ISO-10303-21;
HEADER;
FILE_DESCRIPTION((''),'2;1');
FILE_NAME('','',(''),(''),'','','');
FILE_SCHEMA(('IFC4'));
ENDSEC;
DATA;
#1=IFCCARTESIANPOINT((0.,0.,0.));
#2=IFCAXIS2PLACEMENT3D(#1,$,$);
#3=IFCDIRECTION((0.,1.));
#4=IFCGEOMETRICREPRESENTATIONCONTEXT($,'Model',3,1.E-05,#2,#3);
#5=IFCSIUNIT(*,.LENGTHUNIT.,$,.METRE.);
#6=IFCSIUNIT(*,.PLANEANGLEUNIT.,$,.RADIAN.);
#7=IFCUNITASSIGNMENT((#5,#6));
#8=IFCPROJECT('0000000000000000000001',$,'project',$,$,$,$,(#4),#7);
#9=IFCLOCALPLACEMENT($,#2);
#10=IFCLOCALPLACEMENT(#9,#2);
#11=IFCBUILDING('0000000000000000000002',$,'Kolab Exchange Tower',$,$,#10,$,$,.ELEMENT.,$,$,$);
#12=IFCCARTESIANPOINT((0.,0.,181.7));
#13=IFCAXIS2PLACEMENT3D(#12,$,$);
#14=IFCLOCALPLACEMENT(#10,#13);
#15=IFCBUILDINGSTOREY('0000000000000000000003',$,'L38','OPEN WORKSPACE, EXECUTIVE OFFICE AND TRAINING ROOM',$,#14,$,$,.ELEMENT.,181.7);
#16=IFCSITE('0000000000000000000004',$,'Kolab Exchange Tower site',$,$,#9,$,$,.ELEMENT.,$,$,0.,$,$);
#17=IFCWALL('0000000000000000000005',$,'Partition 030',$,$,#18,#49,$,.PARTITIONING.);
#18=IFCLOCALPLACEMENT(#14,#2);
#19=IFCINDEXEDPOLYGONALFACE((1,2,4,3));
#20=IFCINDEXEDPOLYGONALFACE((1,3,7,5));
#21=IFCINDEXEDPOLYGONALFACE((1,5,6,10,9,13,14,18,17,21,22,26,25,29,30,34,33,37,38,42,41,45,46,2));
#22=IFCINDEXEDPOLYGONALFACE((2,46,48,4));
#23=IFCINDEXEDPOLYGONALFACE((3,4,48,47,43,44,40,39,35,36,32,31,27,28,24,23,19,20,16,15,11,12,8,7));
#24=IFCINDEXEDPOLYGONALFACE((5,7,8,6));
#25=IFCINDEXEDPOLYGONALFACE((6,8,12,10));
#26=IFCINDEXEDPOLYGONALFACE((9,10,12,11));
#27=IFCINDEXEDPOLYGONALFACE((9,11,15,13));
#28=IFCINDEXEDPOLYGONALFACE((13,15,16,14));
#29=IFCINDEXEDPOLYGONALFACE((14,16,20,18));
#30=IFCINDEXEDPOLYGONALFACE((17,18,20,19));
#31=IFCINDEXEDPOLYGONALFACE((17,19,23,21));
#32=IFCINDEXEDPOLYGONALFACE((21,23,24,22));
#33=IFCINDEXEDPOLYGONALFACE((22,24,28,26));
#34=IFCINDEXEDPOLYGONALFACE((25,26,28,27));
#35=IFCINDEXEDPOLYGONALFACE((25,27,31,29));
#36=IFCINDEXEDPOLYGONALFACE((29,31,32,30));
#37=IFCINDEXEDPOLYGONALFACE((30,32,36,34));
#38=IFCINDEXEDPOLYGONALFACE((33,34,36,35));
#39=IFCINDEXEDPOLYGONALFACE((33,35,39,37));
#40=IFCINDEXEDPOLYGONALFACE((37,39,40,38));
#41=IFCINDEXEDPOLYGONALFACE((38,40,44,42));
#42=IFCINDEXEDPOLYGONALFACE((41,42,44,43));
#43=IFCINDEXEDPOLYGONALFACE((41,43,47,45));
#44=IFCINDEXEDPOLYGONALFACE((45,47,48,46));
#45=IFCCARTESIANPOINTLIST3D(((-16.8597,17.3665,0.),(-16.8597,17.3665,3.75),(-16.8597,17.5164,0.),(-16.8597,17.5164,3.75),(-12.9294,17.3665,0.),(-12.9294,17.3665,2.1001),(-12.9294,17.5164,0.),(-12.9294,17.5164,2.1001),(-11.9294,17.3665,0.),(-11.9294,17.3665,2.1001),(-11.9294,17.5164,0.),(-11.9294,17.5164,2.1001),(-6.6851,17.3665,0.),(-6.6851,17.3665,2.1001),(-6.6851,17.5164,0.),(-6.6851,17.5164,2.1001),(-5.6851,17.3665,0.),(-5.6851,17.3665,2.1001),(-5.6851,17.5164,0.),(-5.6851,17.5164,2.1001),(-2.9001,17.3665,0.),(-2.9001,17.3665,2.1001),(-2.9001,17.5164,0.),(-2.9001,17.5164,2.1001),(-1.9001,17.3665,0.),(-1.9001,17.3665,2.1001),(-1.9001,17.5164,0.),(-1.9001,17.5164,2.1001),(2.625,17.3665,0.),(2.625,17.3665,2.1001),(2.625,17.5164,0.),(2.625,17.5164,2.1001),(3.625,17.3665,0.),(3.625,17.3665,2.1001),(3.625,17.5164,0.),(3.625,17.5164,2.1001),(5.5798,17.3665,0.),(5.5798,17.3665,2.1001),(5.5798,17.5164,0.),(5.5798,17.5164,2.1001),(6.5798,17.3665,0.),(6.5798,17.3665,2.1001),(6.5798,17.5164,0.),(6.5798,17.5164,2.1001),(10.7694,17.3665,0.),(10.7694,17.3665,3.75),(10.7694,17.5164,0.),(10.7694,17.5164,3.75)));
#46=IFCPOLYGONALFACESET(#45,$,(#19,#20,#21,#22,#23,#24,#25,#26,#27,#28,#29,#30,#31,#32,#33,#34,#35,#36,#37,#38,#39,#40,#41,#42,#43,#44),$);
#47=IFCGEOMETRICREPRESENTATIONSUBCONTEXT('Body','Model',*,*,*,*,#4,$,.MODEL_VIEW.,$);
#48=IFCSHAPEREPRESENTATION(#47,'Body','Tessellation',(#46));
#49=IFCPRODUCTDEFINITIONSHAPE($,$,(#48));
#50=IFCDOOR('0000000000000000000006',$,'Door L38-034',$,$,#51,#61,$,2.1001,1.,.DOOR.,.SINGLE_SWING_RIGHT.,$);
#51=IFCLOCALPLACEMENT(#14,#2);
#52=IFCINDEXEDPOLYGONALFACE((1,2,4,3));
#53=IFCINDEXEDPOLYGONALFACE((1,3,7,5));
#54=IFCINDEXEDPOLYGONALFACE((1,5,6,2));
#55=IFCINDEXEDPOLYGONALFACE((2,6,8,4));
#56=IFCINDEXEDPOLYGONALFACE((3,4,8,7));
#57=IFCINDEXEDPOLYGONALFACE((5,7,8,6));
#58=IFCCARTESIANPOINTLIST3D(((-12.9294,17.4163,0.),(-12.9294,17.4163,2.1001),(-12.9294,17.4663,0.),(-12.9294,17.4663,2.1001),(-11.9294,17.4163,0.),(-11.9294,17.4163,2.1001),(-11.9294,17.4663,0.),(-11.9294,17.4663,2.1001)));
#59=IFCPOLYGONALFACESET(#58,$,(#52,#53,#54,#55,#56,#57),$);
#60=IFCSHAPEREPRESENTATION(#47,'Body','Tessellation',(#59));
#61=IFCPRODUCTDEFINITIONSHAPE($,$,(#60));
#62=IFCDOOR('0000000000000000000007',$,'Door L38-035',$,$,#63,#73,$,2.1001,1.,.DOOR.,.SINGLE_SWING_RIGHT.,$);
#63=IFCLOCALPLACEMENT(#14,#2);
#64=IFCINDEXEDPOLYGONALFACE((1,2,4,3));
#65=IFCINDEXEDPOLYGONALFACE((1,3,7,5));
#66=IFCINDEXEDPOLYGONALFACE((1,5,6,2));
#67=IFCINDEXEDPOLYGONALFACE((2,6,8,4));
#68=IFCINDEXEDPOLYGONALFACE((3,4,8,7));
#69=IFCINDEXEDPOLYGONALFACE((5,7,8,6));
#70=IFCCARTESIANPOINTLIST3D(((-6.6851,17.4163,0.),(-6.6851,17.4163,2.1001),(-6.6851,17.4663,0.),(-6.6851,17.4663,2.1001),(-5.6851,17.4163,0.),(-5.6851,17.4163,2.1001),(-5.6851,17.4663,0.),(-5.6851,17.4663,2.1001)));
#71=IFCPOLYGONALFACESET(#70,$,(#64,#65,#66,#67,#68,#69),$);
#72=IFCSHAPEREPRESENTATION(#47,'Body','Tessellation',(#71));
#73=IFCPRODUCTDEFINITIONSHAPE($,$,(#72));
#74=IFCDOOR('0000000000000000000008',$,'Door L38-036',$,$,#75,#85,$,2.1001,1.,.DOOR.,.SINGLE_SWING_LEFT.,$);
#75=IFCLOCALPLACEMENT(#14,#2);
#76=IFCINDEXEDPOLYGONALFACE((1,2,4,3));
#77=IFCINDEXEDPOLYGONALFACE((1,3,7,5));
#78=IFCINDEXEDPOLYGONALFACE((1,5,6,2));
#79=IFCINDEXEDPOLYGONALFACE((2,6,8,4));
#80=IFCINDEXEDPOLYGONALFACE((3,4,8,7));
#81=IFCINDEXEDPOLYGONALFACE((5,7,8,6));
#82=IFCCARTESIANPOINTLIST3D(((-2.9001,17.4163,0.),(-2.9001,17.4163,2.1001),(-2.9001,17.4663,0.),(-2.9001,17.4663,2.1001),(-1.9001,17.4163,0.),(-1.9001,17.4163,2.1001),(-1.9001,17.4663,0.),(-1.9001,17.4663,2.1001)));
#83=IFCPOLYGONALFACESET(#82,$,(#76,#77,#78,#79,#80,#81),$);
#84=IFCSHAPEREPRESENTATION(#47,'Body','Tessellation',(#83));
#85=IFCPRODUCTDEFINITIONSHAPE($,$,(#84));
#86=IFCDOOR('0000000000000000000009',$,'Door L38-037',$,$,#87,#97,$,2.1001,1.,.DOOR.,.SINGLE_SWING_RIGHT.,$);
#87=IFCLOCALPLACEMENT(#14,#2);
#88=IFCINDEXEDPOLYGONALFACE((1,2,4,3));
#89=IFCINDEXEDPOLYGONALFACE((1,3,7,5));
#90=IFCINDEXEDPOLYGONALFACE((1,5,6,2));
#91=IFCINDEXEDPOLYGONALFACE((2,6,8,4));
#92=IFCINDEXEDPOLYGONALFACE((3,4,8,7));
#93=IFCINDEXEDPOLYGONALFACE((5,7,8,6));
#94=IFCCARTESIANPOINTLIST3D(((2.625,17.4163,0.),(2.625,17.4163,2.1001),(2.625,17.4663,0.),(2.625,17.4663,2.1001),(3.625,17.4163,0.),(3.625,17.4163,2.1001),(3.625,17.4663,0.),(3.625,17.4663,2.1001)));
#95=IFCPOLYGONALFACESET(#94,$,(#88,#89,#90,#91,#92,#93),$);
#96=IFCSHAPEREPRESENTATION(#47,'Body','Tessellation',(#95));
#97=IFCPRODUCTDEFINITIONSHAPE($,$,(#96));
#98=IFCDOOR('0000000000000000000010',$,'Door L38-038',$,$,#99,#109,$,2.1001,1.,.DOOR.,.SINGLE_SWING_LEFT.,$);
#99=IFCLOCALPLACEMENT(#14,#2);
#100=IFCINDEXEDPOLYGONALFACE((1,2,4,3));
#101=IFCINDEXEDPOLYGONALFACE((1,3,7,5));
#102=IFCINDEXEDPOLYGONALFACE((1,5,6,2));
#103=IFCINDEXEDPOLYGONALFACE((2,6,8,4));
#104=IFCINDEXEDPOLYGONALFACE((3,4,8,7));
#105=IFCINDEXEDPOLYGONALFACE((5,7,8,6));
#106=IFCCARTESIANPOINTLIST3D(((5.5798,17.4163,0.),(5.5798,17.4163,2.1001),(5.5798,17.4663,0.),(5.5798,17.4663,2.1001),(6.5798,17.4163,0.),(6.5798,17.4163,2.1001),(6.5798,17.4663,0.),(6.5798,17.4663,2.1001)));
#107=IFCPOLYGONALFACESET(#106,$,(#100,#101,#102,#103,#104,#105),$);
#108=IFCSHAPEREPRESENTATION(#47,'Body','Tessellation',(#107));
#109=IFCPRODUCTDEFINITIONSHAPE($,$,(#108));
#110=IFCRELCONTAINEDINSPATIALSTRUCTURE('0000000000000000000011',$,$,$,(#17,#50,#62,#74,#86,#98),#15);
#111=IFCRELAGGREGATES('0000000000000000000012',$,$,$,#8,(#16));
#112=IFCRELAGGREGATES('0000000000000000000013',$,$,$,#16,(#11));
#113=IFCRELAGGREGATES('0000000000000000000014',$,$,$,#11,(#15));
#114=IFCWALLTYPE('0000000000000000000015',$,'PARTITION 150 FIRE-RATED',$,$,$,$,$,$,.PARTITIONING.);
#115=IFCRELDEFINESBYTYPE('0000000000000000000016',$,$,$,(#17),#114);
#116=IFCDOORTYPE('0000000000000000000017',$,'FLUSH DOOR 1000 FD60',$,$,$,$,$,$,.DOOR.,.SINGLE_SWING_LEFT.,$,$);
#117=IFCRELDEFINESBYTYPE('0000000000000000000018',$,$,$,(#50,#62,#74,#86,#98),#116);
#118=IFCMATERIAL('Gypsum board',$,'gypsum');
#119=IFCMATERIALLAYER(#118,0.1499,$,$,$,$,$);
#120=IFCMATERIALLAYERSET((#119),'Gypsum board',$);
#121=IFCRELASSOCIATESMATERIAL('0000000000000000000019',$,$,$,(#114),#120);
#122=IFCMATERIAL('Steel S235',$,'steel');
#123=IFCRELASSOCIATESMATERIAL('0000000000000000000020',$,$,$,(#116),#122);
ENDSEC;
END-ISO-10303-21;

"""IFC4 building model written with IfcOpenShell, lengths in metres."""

from ifc_helpers import new_model, si_unit, direction, frame, frame_2d, origin, place, context, subcontext, project, spatial, rectangle, extrude, material, layer, layer_set, type_object, element, fill, save


model = new_model("IFC4")

# Units and contexts
model_context = context("Model", 3, precision=1e-05, world=origin(), true_north=direction((0.0, 1.0)))
body_context = subcontext(model_context, "Body", "Model", "MODEL_VIEW")
ifc_project = project(units=[si_unit("LENGTHUNIT", "METRE"), si_unit("PLANEANGLEUNIT", "RADIAN")], contexts=[model_context])

# Site, building, storey
site_placement = place(None, origin())
site = spatial("IfcSite", under=ifc_project, at=site_placement, Name="Kolab Exchange Tower site", CompositionType="ELEMENT", RefElevation=0.0)
building_placement = place(site_placement, origin())
building = spatial("IfcBuilding", under=site, at=building_placement, Name="Kolab Exchange Tower", CompositionType="ELEMENT")
storey_placement = place(building_placement, frame((0.0, 0.0, 181.7)))
storey = spatial("IfcBuildingStorey", under=building, at=storey_placement, Name="L38", Description="OPEN WORKSPACE, EXECUTIVE OFFICE AND TRAINING ROOM", CompositionType="ELEMENT", Elevation=181.7)

# Wall, openings, doors
ifc_material_1 = material(Name="Gypsum board", Category="gypsum")
ifc_layer_1 = layer(ifc_material_1, 0.1499)
ifc_layer_set_1 = layer_set([ifc_layer_1], Name="Gypsum board")
wall_type = type_object("IfcWallType", Name="PARTITION 150 FIRE-RATED", PredefinedType="PARTITIONING", material=ifc_layer_set_1)
ifc_material_2 = material(Name="Steel S235", Category="steel")
door_type_1 = type_object("IfcDoorType", Name="FLUSH DOOR 1000 FD60", OperationType="SINGLE_SWING_LEFT", PredefinedType="DOOR", material=ifc_material_2)
wall_1_placement = place(storey_placement, frame((-16.8596, 17.4414, 0.0), z_axis=(0.0, 0.0, 1.0), x_axis=(1.0, 0.0, 0.0)))
wall_1 = element("IfcWall", 1, at=wall_1_placement, inside=storey, type_object=wall_type, Name="Partition 030", PredefinedType="PARTITIONING", context=body_context, shape_type="SweptSolid", body=[
    extrude(rectangle(XDim=27.6292, YDim=0.1499, at=frame_2d((13.8145, 0.0))), origin(), (0.0, 0.0, 1.0), 3.75),
])
opening_1_placement = place(wall_1_placement, frame((3.9302, 0.0, 0.0)))
opening_1 = element("IfcOpeningElement", 2, at=opening_1_placement, cuts=wall_1, PredefinedType="OPENING", context=body_context, shape_type="SweptSolid", body=[
    extrude(rectangle(XDim=1.0, YDim=2.1001, at=frame_2d((0.5, 1.05))), frame((0.0, 0.085, 0.0), z_axis=(0.0, -1.0, 0.0), x_axis=(1.0, 0.0, 0.0)), (0.0, 0.0, 1.0), 0.1699),
])
opening_2_placement = place(wall_1_placement, frame((10.1746, 0.0, 0.0)))
opening_2 = element("IfcOpeningElement", 3, at=opening_2_placement, cuts=wall_1, PredefinedType="OPENING", context=body_context, shape_type="SweptSolid", body=[
    extrude(rectangle(XDim=1.0, YDim=2.1001, at=frame_2d((0.5, 1.05))), frame((0.0, 0.085, 0.0), z_axis=(0.0, -1.0, 0.0), x_axis=(1.0, 0.0, 0.0)), (0.0, 0.0, 1.0), 0.1699),
])
opening_3_placement = place(wall_1_placement, frame((13.9595, 0.0, 0.0)))
opening_3 = element("IfcOpeningElement", 4, at=opening_3_placement, cuts=wall_1, PredefinedType="OPENING", context=body_context, shape_type="SweptSolid", body=[
    extrude(rectangle(XDim=1.0, YDim=2.1001, at=frame_2d((0.5, 1.05))), frame((0.0, 0.085, 0.0), z_axis=(0.0, -1.0, 0.0), x_axis=(1.0, 0.0, 0.0)), (0.0, 0.0, 1.0), 0.1699),
])
opening_4_placement = place(wall_1_placement, frame((19.4846, 0.0, 0.0)))
opening_4 = element("IfcOpeningElement", 5, at=opening_4_placement, cuts=wall_1, PredefinedType="OPENING", context=body_context, shape_type="SweptSolid", body=[
    extrude(rectangle(XDim=1.0, YDim=2.1001, at=frame_2d((0.5, 1.05))), frame((0.0, 0.085, 0.0), z_axis=(0.0, -1.0, 0.0), x_axis=(1.0, 0.0, 0.0)), (0.0, 0.0, 1.0), 0.1699),
])
opening_5_placement = place(wall_1_placement, frame((22.4395, 0.0, 0.0)))
opening_5 = element("IfcOpeningElement", 6, at=opening_5_placement, cuts=wall_1, PredefinedType="OPENING", context=body_context, shape_type="SweptSolid", body=[
    extrude(rectangle(XDim=1.0, YDim=2.1001, at=frame_2d((0.5, 1.05))), frame((0.0, 0.085, 0.0), z_axis=(0.0, -1.0, 0.0), x_axis=(1.0, 0.0, 0.0)), (0.0, 0.0, 1.0), 0.1699),
])
door_1_placement = place(opening_1_placement, origin())
door_1 = element("IfcDoor", 7, at=door_1_placement, inside=storey, type_object=door_type_1, Name="Door L38-034", OperationType="SINGLE_SWING_RIGHT", OverallHeight=2.1001, OverallWidth=1.0, PredefinedType="DOOR", context=body_context, shape_type="SweptSolid", body=[
    extrude(rectangle(XDim=1.0, YDim=2.1001, at=frame_2d((0.5, 1.05))), frame((0.0, 0.0249, 0.0), z_axis=(0.0, -1.0, 0.0), x_axis=(1.0, 0.0, 0.0)), (0.0, 0.0, 1.0), 0.05),
])
fill(opening_1, door_1)
door_2_placement = place(opening_2_placement, origin())
door_2 = element("IfcDoor", 8, at=door_2_placement, inside=storey, type_object=door_type_1, Name="Door L38-035", OperationType="SINGLE_SWING_RIGHT", OverallHeight=2.1001, OverallWidth=1.0, PredefinedType="DOOR", context=body_context, shape_type="SweptSolid", body=[
    extrude(rectangle(XDim=1.0, YDim=2.1001, at=frame_2d((0.5, 1.05))), frame((0.0, 0.0249, 0.0), z_axis=(0.0, -1.0, 0.0), x_axis=(1.0, 0.0, 0.0)), (0.0, 0.0, 1.0), 0.05),
])
fill(opening_2, door_2)
door_3_placement = place(opening_3_placement, origin())
door_3 = element("IfcDoor", 9, at=door_3_placement, inside=storey, type_object=door_type_1, Name="Door L38-036", OperationType="SINGLE_SWING_LEFT", OverallHeight=2.1001, OverallWidth=1.0, PredefinedType="DOOR", context=body_context, shape_type="SweptSolid", body=[
    extrude(rectangle(XDim=1.0, YDim=2.1001, at=frame_2d((0.5, 1.05))), frame((0.0, 0.0249, 0.0), z_axis=(0.0, -1.0, 0.0), x_axis=(1.0, 0.0, 0.0)), (0.0, 0.0, 1.0), 0.05),
])
fill(opening_3, door_3)
door_4_placement = place(opening_4_placement, origin())
door_4 = element("IfcDoor", 10, at=door_4_placement, inside=storey, type_object=door_type_1, Name="Door L38-037", OperationType="SINGLE_SWING_RIGHT", OverallHeight=2.1001, OverallWidth=1.0, PredefinedType="DOOR", context=body_context, shape_type="SweptSolid", body=[
    extrude(rectangle(XDim=1.0, YDim=2.1001, at=frame_2d((0.5, 1.05))), frame((0.0, 0.0249, 0.0), z_axis=(0.0, -1.0, 0.0), x_axis=(1.0, 0.0, 0.0)), (0.0, 0.0, 1.0), 0.05),
])
fill(opening_4, door_4)
door_5_placement = place(opening_5_placement, origin())
door_5 = element("IfcDoor", 11, at=door_5_placement, inside=storey, type_object=door_type_1, Name="Door L38-038", OperationType="SINGLE_SWING_LEFT", OverallHeight=2.1001, OverallWidth=1.0, PredefinedType="DOOR", context=body_context, shape_type="SweptSolid", body=[
    extrude(rectangle(XDim=1.0, YDim=2.1001, at=frame_2d((0.5, 1.05))), frame((0.0, 0.0249, 0.0), z_axis=(0.0, -1.0, 0.0), x_axis=(1.0, 0.0, 0.0)), (0.0, 0.0, 1.0), 0.05),
])
fill(opening_5, door_5)

save(model, "model.ifc")
